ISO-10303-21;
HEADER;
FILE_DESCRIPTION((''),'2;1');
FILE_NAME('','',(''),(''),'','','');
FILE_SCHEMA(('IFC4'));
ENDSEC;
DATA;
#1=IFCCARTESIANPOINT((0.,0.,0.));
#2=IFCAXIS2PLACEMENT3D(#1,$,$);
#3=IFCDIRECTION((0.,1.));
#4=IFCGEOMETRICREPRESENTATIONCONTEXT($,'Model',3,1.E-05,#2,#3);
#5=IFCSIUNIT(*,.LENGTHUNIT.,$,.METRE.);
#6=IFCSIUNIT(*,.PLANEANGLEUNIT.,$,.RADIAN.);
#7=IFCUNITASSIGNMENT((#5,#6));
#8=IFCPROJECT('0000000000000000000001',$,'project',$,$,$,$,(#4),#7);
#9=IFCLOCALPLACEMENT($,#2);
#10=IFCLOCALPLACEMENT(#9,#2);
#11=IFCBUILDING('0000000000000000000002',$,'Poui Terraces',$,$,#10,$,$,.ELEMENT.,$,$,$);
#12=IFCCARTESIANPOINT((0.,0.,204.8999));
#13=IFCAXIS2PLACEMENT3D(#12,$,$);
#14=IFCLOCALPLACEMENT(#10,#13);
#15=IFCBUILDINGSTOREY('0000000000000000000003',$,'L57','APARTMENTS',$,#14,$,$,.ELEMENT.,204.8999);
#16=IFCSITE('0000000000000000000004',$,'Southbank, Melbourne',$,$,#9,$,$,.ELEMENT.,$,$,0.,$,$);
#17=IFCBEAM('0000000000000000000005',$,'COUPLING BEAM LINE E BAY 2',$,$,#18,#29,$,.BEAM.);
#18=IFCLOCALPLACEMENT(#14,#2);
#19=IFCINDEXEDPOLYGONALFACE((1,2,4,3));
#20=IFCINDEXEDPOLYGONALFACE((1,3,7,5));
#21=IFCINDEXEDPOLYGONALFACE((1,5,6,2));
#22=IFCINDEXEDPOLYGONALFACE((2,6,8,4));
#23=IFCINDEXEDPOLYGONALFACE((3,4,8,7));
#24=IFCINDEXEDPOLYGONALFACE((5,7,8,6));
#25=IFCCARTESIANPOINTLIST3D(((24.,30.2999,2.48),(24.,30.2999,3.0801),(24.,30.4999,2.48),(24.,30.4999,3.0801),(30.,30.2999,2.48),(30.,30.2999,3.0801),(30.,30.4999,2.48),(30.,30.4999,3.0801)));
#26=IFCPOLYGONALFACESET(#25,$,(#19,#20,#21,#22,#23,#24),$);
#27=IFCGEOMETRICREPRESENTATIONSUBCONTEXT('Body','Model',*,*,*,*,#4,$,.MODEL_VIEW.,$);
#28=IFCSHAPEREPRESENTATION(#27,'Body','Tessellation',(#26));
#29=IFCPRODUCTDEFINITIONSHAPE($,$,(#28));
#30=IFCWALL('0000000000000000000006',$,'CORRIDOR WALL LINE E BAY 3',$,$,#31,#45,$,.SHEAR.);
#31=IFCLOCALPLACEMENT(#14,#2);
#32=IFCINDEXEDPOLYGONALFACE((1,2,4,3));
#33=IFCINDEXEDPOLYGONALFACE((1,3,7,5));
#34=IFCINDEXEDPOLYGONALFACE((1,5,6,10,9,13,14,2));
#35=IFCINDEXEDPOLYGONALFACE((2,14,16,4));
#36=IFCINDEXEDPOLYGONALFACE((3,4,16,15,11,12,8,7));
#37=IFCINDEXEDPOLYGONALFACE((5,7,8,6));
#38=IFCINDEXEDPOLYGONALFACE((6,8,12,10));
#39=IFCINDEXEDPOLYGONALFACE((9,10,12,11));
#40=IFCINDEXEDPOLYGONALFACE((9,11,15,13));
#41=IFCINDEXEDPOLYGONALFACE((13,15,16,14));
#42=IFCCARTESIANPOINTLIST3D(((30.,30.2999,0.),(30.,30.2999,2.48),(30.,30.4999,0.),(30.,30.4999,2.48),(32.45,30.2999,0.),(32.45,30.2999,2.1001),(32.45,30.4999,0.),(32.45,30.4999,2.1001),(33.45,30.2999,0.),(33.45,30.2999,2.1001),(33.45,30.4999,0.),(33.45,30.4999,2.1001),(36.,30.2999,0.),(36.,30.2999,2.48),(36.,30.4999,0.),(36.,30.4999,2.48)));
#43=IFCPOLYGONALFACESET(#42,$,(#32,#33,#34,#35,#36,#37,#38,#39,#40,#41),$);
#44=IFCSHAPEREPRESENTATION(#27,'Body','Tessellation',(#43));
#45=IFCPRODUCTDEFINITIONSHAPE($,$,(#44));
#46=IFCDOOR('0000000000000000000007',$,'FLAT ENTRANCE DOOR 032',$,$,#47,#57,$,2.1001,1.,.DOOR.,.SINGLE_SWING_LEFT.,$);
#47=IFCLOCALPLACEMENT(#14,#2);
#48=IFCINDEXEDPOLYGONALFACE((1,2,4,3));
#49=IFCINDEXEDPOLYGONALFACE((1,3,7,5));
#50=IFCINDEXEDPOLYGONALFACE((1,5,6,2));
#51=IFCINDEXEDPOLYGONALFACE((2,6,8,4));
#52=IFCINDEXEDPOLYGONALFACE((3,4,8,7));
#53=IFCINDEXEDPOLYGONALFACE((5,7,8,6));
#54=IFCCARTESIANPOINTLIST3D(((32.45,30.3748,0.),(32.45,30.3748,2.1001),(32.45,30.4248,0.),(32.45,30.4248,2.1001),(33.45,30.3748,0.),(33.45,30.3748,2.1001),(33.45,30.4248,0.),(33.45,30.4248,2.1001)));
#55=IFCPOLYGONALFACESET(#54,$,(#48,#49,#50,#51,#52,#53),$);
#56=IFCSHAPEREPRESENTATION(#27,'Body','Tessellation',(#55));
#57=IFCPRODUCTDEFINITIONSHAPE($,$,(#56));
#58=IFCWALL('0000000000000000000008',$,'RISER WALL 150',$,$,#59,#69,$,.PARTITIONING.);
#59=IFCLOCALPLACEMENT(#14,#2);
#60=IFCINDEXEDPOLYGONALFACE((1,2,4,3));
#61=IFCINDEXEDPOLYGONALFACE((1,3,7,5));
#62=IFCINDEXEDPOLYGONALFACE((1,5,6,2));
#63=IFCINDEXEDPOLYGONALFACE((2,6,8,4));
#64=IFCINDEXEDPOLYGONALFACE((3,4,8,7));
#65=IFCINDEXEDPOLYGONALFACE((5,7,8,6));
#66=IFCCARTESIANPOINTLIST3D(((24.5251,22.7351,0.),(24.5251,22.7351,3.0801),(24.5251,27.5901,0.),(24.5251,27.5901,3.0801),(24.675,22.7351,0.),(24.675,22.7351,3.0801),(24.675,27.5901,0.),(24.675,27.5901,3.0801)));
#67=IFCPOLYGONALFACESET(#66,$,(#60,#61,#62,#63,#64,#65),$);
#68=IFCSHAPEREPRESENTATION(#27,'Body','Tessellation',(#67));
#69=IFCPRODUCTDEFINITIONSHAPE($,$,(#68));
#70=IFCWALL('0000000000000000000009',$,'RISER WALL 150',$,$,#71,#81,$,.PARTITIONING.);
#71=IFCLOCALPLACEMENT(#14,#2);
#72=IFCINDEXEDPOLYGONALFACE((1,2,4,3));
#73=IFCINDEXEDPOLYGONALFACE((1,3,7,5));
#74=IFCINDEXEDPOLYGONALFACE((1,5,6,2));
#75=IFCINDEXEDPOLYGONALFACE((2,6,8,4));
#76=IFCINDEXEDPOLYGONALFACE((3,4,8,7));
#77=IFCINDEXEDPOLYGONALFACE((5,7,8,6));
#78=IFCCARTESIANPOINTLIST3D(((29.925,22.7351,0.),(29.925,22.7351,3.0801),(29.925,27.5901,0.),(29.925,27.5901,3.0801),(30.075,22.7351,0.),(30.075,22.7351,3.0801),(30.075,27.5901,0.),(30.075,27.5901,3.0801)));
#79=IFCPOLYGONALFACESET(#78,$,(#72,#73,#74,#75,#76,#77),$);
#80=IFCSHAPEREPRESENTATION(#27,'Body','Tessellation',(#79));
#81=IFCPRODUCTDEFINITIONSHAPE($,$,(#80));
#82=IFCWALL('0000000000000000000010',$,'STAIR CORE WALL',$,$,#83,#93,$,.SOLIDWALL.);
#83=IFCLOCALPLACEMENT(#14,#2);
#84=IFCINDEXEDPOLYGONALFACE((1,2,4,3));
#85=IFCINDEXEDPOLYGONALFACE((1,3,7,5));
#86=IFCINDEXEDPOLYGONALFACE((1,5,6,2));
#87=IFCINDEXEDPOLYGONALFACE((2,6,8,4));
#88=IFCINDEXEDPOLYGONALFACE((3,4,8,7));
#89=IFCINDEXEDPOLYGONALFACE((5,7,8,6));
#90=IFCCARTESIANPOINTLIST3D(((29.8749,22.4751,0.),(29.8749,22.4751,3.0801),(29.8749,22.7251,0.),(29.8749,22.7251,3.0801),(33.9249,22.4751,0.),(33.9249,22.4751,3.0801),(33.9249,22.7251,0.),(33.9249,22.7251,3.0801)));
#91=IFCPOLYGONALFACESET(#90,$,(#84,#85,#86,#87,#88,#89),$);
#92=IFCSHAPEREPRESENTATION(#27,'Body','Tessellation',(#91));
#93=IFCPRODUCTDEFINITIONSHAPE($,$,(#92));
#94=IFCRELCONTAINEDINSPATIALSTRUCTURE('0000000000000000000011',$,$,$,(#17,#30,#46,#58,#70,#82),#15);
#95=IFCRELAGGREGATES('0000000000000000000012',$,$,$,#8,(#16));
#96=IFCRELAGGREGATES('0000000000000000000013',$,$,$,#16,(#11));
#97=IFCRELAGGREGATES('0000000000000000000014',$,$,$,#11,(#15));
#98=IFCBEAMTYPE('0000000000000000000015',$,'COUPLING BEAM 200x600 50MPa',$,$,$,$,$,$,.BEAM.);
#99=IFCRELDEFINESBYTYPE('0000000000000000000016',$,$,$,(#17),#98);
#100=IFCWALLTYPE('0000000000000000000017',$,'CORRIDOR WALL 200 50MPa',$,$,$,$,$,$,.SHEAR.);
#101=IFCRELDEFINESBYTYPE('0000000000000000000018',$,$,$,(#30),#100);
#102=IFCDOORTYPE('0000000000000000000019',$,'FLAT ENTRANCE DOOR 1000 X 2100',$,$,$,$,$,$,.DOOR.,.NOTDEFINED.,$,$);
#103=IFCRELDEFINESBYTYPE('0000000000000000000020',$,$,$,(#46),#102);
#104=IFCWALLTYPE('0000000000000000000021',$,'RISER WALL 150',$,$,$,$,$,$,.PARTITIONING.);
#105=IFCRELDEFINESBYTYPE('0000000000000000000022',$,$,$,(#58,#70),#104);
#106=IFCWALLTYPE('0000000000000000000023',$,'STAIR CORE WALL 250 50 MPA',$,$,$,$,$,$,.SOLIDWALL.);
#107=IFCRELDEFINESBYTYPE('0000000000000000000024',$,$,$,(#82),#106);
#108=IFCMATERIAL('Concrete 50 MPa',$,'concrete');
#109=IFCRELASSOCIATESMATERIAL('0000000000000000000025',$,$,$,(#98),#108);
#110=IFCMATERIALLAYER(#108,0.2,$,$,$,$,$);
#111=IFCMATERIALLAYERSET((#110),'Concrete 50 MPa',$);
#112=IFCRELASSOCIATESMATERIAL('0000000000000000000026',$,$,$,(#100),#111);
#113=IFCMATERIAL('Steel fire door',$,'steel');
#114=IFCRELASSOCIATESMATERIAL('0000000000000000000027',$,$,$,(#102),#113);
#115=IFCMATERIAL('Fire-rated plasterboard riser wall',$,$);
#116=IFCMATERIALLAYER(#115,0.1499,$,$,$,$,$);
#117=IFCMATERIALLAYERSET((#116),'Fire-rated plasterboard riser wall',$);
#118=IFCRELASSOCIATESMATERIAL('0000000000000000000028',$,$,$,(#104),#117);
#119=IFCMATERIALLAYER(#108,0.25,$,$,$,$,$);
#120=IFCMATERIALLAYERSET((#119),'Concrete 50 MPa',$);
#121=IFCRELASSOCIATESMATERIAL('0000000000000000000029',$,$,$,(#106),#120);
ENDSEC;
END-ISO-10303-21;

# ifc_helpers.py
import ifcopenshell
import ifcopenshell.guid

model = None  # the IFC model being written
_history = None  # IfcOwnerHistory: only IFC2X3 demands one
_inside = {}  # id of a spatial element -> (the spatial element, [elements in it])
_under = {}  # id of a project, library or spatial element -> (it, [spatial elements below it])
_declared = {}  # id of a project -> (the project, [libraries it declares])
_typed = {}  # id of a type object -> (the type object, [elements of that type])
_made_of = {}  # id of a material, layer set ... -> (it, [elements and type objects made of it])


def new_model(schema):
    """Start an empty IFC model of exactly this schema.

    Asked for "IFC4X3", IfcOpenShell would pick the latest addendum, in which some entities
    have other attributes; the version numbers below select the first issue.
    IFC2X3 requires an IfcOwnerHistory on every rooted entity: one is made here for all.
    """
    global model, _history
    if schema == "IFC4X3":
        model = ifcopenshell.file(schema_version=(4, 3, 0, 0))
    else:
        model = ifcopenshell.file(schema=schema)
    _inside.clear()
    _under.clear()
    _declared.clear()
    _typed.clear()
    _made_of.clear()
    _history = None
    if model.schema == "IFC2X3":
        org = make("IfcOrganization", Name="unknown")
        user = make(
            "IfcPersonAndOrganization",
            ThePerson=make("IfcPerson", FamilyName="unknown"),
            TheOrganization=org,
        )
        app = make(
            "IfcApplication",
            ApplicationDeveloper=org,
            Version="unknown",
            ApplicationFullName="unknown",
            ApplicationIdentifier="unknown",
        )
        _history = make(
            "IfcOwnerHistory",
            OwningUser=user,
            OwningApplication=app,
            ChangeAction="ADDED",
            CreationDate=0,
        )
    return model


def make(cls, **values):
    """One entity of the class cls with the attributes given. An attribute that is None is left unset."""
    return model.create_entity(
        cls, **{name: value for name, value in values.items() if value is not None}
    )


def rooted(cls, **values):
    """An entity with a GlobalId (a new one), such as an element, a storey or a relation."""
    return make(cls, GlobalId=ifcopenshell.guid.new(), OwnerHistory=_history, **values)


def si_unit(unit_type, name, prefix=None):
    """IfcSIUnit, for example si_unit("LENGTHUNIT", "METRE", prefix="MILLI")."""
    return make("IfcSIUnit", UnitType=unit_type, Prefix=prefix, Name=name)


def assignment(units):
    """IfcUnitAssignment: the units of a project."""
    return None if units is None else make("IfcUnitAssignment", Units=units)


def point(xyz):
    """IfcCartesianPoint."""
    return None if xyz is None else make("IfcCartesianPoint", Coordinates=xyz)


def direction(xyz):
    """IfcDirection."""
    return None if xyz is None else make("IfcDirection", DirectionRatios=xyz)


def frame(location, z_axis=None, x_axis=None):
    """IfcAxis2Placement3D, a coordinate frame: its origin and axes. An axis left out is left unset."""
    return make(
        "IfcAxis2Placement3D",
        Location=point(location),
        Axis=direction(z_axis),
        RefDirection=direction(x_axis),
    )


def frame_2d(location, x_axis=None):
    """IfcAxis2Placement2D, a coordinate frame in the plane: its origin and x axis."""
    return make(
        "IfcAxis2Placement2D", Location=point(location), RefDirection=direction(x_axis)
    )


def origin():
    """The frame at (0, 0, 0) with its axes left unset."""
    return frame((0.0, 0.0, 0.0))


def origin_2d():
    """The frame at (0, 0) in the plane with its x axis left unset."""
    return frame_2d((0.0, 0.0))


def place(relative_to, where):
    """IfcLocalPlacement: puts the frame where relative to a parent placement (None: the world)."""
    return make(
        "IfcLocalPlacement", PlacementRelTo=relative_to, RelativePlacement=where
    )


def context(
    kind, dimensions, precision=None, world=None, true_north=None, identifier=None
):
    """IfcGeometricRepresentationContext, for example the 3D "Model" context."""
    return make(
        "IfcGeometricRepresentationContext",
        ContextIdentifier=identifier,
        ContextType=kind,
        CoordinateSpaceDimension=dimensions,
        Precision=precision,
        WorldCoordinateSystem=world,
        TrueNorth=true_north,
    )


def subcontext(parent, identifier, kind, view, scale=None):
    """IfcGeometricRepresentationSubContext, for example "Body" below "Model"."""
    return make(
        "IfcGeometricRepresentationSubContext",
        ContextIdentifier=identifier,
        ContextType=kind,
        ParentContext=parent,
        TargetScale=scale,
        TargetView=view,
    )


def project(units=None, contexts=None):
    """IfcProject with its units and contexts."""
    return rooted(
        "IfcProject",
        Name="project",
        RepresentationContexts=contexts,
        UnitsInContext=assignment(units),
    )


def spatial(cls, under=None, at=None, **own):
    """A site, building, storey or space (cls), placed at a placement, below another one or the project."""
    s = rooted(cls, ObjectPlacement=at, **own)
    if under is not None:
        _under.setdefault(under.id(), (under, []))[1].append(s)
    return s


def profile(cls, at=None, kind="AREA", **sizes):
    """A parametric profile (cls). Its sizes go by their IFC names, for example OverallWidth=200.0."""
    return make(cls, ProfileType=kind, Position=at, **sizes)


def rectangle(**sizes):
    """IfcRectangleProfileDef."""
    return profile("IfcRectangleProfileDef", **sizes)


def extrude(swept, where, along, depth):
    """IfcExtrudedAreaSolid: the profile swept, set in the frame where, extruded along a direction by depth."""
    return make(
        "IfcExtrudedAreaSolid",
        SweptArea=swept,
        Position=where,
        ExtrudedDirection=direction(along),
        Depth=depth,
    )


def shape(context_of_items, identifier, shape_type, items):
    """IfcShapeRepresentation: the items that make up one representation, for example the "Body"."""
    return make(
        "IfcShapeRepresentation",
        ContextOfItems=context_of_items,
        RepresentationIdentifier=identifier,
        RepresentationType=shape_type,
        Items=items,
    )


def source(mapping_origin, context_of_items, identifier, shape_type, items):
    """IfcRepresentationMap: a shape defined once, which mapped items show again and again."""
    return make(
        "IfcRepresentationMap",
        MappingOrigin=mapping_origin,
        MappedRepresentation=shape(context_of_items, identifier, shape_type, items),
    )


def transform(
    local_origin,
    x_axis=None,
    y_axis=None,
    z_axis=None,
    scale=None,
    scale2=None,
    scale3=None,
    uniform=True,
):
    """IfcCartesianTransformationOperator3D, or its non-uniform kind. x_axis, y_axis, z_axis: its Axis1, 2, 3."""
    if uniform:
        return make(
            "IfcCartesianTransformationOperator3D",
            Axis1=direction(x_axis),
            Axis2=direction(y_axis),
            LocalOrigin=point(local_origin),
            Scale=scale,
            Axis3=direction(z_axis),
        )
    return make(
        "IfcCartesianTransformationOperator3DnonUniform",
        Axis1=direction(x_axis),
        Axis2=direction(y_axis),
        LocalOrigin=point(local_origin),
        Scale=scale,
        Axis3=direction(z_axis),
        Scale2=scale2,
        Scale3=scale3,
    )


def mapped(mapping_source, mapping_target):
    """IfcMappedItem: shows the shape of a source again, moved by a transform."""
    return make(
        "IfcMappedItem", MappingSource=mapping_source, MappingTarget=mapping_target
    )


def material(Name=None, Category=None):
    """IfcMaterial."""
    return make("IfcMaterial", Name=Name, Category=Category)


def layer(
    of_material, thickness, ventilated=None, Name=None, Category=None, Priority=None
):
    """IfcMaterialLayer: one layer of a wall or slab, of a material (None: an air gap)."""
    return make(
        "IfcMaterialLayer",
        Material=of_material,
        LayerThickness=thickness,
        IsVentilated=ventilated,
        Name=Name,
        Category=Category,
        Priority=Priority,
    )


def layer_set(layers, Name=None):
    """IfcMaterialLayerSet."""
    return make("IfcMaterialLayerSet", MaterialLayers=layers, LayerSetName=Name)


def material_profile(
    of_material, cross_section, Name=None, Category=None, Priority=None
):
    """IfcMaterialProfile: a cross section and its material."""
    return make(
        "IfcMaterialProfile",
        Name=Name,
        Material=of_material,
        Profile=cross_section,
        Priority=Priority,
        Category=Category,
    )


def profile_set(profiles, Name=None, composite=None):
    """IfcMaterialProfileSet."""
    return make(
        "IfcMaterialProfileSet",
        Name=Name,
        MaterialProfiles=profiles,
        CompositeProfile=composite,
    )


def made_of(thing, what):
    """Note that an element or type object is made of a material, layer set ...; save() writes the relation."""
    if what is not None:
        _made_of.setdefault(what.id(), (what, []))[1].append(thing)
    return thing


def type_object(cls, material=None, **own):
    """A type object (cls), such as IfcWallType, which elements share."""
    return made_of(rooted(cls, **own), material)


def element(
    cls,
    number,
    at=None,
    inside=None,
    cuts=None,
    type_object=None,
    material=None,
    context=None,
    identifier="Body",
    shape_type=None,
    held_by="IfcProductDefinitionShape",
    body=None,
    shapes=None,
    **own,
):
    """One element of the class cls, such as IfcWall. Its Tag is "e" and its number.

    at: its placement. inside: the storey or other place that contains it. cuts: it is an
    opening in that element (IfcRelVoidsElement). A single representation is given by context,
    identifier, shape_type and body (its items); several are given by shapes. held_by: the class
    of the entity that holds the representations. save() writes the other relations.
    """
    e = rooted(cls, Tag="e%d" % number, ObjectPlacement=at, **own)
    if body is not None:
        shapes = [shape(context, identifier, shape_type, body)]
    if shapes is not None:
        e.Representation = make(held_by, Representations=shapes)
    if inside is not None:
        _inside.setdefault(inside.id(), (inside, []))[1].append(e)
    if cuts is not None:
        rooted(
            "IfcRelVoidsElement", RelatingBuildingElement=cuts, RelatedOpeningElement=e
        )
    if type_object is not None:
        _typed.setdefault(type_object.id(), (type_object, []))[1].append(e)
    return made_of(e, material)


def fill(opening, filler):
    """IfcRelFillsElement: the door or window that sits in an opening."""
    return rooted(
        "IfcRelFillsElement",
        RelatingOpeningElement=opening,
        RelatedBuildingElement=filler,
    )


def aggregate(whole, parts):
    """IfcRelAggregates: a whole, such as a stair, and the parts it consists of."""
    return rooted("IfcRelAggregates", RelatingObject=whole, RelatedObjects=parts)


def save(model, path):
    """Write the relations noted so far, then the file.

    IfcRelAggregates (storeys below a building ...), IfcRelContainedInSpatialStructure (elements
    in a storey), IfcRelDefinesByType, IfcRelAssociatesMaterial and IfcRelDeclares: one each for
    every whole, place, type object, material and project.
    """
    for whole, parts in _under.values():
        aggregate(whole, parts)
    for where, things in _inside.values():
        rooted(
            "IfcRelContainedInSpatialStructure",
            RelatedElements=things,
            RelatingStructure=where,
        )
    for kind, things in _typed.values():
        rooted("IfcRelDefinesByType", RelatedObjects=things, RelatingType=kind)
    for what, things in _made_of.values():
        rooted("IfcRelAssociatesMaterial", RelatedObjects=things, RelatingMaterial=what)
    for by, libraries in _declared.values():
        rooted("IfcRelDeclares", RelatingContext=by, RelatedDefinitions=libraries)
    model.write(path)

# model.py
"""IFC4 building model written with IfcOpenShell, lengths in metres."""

from ifc_helpers import new_model, si_unit, direction, frame, frame_2d, origin, origin_2d, place, context, subcontext, project, spatial, rectangle, extrude, source, transform, mapped, material, layer, layer_set, material_profile, profile_set, type_object, element, fill, save


model = new_model("IFC4")

# Units and contexts
model_context = context("Model", 3, precision=1e-05, world=origin(), true_north=direction((0.0, 1.0)))
body_context = subcontext(model_context, "Body", "Model", "MODEL_VIEW")
ifc_project = project(units=[si_unit("LENGTHUNIT", "METRE"), si_unit("PLANEANGLEUNIT", "RADIAN")], contexts=[model_context])

# Site, building, storey
site_placement = place(None, origin())
site = spatial("IfcSite", under=ifc_project, at=site_placement, Name="Southbank, Melbourne", CompositionType="ELEMENT", RefElevation=0.0)
building_placement = place(site_placement, origin())
building = spatial("IfcBuilding", under=site, at=building_placement, Name="Poui Terraces", CompositionType="ELEMENT")
storey_placement = place(building_placement, frame((0.0, 0.0, 204.8999)))
storey = spatial("IfcBuildingStorey", under=building, at=storey_placement, Name="L57", Description="APARTMENTS", CompositionType="ELEMENT", Elevation=204.8999)

# Beam
ifc_material_1 = material(Name="Concrete 50 MPa", Category="concrete")
ifc_material_profile = material_profile(ifc_material_1, rectangle(XDim=0.2, YDim=0.6001, at=origin_2d()), Name="RC 200x600")
ifc_profile_set = profile_set([ifc_material_profile], Name="Concrete 50 MPa")
beam_type = type_object("IfcBeamType", Name="COUPLING BEAM 200x600 50MPa", PredefinedType="BEAM", material=ifc_profile_set)
shared_shape = source(origin(), body_context, "Body", "SweptSolid", [
    extrude(rectangle(XDim=0.2, YDim=0.6001, at=origin_2d()), origin(), (0.0, 0.0, 1.0), 6.0),
])
beam_placement = place(storey_placement, frame((24.0, 30.3999, 2.78), z_axis=(1.0, 0.0, 0.0), x_axis=(0.0, 1.0, 0.0)))
element("IfcBeam", 1, at=beam_placement, inside=storey, type_object=beam_type, Name="COUPLING BEAM LINE E BAY 2", PredefinedType="BEAM", context=body_context, shape_type="MappedRepresentation", body=[
    mapped(shared_shape, transform((0.0, 0.0, 0.0))),
])

# Wall, opening, door
ifc_layer_1 = layer(ifc_material_1, 0.2)
ifc_layer_set_1 = layer_set([ifc_layer_1], Name="Concrete 50 MPa")
wall_type_1 = type_object("IfcWallType", Name="CORRIDOR WALL 200 50MPa", PredefinedType="SHEAR", material=ifc_layer_set_1)
wall_1_placement = place(storey_placement, frame((30.0, 30.3999, 0.0), z_axis=(0.0, 0.0, 1.0), x_axis=(1.0, 0.0, 0.0)))
wall_1 = element("IfcWall", 2, at=wall_1_placement, inside=storey, type_object=wall_type_1, Name="CORRIDOR WALL LINE E BAY 3", PredefinedType="SHEAR", context=body_context, shape_type="SweptSolid", body=[
    extrude(rectangle(XDim=6.0, YDim=0.2, at=frame_2d((3.0, 0.0))), origin(), (0.0, 0.0, 1.0), 2.48),
])
opening_placement = place(wall_1_placement, frame((2.45, 0.0, 0.0)))
opening = element("IfcOpeningElement", 3, at=opening_placement, cuts=wall_1, PredefinedType="OPENING", context=body_context, shape_type="SweptSolid", body=[
    extrude(rectangle(XDim=1.0, YDim=2.1001, at=frame_2d((0.5, 1.05))), frame((0.0, 0.1099, 0.0), z_axis=(0.0, -1.0, 0.0), x_axis=(1.0, 0.0, 0.0)), (0.0, 0.0, 1.0), 0.22),
])
ifc_material_2 = material(Name="Steel fire door", Category="steel")
door_type = type_object("IfcDoorType", Name="FLAT ENTRANCE DOOR 1000 X 2100", OperationType="NOTDEFINED", PredefinedType="DOOR", material=ifc_material_2)
door_placement = place(opening_placement, origin())
door = element("IfcDoor", 4, at=door_placement, inside=storey, type_object=door_type, Name="FLAT ENTRANCE DOOR 032", OperationType="SINGLE_SWING_LEFT", OverallHeight=2.1001, OverallWidth=1.0, PredefinedType="DOOR", context=body_context, shape_type="SweptSolid", body=[
    extrude(rectangle(XDim=1.0, YDim=2.1001, at=frame_2d((0.5, 1.05))), frame((0.0, 0.0249, 0.0), z_axis=(0.0, -1.0, 0.0), x_axis=(1.0, 0.0, 0.0)), (0.0, 0.0, 1.0), 0.05),
])
fill(opening, door)

# Walls
ifc_material_3 = material(Name="Fire-rated plasterboard riser wall")
ifc_layer_2 = layer(ifc_material_3, 0.1499)
ifc_layer_set_2 = layer_set([ifc_layer_2], Name="Fire-rated plasterboard riser wall")
wall_type_2 = type_object("IfcWallType", Name="RISER WALL 150", PredefinedType="PARTITIONING", material=ifc_layer_set_2)
for number, where, z_axis, x_axis, name in (
    (5, (24.6001, 22.7351, 0.0), (0.0, 0.0, 1.0), (0.0, 1.0, 0.0), "RISER WALL 150"),
    (6, (30.0, 22.7351, 0.0), (0.0, 0.0, 1.0), (0.0, 1.0, 0.0), "RISER WALL 150"),
):
    element("IfcWall", number, at=place(storey_placement, frame(where, z_axis=z_axis, x_axis=x_axis)), inside=storey, type_object=wall_type_2, Name=name, PredefinedType="PARTITIONING", context=body_context, shape_type="SweptSolid", body=[
        extrude(rectangle(XDim=4.855, YDim=0.1499, at=frame_2d((2.4275, 0.0))), origin(), (0.0, 0.0, 1.0), 3.0801),
    ])
ifc_layer_3 = layer(ifc_material_1, 0.25)
ifc_layer_set_3 = layer_set([ifc_layer_3], Name="Concrete 50 MPa")
wall_type_3 = type_object("IfcWallType", Name="STAIR CORE WALL 250 50 MPA", PredefinedType="SOLIDWALL", material=ifc_layer_set_3)
wall_2_placement = place(storey_placement, frame((29.875, 22.6001, 0.0), z_axis=(0.0, 0.0, 1.0), x_axis=(1.0, 0.0, 0.0)))
element("IfcWall", 7, at=wall_2_placement, inside=storey, type_object=wall_type_3, Name="STAIR CORE WALL", PredefinedType="SOLIDWALL", context=body_context, shape_type="SweptSolid", body=[
    extrude(rectangle(XDim=4.05, YDim=0.25, at=frame_2d((2.0249, 0.0))), origin(), (0.0, 0.0, 1.0), 3.0801),
])

save(model, "model.ifc")
